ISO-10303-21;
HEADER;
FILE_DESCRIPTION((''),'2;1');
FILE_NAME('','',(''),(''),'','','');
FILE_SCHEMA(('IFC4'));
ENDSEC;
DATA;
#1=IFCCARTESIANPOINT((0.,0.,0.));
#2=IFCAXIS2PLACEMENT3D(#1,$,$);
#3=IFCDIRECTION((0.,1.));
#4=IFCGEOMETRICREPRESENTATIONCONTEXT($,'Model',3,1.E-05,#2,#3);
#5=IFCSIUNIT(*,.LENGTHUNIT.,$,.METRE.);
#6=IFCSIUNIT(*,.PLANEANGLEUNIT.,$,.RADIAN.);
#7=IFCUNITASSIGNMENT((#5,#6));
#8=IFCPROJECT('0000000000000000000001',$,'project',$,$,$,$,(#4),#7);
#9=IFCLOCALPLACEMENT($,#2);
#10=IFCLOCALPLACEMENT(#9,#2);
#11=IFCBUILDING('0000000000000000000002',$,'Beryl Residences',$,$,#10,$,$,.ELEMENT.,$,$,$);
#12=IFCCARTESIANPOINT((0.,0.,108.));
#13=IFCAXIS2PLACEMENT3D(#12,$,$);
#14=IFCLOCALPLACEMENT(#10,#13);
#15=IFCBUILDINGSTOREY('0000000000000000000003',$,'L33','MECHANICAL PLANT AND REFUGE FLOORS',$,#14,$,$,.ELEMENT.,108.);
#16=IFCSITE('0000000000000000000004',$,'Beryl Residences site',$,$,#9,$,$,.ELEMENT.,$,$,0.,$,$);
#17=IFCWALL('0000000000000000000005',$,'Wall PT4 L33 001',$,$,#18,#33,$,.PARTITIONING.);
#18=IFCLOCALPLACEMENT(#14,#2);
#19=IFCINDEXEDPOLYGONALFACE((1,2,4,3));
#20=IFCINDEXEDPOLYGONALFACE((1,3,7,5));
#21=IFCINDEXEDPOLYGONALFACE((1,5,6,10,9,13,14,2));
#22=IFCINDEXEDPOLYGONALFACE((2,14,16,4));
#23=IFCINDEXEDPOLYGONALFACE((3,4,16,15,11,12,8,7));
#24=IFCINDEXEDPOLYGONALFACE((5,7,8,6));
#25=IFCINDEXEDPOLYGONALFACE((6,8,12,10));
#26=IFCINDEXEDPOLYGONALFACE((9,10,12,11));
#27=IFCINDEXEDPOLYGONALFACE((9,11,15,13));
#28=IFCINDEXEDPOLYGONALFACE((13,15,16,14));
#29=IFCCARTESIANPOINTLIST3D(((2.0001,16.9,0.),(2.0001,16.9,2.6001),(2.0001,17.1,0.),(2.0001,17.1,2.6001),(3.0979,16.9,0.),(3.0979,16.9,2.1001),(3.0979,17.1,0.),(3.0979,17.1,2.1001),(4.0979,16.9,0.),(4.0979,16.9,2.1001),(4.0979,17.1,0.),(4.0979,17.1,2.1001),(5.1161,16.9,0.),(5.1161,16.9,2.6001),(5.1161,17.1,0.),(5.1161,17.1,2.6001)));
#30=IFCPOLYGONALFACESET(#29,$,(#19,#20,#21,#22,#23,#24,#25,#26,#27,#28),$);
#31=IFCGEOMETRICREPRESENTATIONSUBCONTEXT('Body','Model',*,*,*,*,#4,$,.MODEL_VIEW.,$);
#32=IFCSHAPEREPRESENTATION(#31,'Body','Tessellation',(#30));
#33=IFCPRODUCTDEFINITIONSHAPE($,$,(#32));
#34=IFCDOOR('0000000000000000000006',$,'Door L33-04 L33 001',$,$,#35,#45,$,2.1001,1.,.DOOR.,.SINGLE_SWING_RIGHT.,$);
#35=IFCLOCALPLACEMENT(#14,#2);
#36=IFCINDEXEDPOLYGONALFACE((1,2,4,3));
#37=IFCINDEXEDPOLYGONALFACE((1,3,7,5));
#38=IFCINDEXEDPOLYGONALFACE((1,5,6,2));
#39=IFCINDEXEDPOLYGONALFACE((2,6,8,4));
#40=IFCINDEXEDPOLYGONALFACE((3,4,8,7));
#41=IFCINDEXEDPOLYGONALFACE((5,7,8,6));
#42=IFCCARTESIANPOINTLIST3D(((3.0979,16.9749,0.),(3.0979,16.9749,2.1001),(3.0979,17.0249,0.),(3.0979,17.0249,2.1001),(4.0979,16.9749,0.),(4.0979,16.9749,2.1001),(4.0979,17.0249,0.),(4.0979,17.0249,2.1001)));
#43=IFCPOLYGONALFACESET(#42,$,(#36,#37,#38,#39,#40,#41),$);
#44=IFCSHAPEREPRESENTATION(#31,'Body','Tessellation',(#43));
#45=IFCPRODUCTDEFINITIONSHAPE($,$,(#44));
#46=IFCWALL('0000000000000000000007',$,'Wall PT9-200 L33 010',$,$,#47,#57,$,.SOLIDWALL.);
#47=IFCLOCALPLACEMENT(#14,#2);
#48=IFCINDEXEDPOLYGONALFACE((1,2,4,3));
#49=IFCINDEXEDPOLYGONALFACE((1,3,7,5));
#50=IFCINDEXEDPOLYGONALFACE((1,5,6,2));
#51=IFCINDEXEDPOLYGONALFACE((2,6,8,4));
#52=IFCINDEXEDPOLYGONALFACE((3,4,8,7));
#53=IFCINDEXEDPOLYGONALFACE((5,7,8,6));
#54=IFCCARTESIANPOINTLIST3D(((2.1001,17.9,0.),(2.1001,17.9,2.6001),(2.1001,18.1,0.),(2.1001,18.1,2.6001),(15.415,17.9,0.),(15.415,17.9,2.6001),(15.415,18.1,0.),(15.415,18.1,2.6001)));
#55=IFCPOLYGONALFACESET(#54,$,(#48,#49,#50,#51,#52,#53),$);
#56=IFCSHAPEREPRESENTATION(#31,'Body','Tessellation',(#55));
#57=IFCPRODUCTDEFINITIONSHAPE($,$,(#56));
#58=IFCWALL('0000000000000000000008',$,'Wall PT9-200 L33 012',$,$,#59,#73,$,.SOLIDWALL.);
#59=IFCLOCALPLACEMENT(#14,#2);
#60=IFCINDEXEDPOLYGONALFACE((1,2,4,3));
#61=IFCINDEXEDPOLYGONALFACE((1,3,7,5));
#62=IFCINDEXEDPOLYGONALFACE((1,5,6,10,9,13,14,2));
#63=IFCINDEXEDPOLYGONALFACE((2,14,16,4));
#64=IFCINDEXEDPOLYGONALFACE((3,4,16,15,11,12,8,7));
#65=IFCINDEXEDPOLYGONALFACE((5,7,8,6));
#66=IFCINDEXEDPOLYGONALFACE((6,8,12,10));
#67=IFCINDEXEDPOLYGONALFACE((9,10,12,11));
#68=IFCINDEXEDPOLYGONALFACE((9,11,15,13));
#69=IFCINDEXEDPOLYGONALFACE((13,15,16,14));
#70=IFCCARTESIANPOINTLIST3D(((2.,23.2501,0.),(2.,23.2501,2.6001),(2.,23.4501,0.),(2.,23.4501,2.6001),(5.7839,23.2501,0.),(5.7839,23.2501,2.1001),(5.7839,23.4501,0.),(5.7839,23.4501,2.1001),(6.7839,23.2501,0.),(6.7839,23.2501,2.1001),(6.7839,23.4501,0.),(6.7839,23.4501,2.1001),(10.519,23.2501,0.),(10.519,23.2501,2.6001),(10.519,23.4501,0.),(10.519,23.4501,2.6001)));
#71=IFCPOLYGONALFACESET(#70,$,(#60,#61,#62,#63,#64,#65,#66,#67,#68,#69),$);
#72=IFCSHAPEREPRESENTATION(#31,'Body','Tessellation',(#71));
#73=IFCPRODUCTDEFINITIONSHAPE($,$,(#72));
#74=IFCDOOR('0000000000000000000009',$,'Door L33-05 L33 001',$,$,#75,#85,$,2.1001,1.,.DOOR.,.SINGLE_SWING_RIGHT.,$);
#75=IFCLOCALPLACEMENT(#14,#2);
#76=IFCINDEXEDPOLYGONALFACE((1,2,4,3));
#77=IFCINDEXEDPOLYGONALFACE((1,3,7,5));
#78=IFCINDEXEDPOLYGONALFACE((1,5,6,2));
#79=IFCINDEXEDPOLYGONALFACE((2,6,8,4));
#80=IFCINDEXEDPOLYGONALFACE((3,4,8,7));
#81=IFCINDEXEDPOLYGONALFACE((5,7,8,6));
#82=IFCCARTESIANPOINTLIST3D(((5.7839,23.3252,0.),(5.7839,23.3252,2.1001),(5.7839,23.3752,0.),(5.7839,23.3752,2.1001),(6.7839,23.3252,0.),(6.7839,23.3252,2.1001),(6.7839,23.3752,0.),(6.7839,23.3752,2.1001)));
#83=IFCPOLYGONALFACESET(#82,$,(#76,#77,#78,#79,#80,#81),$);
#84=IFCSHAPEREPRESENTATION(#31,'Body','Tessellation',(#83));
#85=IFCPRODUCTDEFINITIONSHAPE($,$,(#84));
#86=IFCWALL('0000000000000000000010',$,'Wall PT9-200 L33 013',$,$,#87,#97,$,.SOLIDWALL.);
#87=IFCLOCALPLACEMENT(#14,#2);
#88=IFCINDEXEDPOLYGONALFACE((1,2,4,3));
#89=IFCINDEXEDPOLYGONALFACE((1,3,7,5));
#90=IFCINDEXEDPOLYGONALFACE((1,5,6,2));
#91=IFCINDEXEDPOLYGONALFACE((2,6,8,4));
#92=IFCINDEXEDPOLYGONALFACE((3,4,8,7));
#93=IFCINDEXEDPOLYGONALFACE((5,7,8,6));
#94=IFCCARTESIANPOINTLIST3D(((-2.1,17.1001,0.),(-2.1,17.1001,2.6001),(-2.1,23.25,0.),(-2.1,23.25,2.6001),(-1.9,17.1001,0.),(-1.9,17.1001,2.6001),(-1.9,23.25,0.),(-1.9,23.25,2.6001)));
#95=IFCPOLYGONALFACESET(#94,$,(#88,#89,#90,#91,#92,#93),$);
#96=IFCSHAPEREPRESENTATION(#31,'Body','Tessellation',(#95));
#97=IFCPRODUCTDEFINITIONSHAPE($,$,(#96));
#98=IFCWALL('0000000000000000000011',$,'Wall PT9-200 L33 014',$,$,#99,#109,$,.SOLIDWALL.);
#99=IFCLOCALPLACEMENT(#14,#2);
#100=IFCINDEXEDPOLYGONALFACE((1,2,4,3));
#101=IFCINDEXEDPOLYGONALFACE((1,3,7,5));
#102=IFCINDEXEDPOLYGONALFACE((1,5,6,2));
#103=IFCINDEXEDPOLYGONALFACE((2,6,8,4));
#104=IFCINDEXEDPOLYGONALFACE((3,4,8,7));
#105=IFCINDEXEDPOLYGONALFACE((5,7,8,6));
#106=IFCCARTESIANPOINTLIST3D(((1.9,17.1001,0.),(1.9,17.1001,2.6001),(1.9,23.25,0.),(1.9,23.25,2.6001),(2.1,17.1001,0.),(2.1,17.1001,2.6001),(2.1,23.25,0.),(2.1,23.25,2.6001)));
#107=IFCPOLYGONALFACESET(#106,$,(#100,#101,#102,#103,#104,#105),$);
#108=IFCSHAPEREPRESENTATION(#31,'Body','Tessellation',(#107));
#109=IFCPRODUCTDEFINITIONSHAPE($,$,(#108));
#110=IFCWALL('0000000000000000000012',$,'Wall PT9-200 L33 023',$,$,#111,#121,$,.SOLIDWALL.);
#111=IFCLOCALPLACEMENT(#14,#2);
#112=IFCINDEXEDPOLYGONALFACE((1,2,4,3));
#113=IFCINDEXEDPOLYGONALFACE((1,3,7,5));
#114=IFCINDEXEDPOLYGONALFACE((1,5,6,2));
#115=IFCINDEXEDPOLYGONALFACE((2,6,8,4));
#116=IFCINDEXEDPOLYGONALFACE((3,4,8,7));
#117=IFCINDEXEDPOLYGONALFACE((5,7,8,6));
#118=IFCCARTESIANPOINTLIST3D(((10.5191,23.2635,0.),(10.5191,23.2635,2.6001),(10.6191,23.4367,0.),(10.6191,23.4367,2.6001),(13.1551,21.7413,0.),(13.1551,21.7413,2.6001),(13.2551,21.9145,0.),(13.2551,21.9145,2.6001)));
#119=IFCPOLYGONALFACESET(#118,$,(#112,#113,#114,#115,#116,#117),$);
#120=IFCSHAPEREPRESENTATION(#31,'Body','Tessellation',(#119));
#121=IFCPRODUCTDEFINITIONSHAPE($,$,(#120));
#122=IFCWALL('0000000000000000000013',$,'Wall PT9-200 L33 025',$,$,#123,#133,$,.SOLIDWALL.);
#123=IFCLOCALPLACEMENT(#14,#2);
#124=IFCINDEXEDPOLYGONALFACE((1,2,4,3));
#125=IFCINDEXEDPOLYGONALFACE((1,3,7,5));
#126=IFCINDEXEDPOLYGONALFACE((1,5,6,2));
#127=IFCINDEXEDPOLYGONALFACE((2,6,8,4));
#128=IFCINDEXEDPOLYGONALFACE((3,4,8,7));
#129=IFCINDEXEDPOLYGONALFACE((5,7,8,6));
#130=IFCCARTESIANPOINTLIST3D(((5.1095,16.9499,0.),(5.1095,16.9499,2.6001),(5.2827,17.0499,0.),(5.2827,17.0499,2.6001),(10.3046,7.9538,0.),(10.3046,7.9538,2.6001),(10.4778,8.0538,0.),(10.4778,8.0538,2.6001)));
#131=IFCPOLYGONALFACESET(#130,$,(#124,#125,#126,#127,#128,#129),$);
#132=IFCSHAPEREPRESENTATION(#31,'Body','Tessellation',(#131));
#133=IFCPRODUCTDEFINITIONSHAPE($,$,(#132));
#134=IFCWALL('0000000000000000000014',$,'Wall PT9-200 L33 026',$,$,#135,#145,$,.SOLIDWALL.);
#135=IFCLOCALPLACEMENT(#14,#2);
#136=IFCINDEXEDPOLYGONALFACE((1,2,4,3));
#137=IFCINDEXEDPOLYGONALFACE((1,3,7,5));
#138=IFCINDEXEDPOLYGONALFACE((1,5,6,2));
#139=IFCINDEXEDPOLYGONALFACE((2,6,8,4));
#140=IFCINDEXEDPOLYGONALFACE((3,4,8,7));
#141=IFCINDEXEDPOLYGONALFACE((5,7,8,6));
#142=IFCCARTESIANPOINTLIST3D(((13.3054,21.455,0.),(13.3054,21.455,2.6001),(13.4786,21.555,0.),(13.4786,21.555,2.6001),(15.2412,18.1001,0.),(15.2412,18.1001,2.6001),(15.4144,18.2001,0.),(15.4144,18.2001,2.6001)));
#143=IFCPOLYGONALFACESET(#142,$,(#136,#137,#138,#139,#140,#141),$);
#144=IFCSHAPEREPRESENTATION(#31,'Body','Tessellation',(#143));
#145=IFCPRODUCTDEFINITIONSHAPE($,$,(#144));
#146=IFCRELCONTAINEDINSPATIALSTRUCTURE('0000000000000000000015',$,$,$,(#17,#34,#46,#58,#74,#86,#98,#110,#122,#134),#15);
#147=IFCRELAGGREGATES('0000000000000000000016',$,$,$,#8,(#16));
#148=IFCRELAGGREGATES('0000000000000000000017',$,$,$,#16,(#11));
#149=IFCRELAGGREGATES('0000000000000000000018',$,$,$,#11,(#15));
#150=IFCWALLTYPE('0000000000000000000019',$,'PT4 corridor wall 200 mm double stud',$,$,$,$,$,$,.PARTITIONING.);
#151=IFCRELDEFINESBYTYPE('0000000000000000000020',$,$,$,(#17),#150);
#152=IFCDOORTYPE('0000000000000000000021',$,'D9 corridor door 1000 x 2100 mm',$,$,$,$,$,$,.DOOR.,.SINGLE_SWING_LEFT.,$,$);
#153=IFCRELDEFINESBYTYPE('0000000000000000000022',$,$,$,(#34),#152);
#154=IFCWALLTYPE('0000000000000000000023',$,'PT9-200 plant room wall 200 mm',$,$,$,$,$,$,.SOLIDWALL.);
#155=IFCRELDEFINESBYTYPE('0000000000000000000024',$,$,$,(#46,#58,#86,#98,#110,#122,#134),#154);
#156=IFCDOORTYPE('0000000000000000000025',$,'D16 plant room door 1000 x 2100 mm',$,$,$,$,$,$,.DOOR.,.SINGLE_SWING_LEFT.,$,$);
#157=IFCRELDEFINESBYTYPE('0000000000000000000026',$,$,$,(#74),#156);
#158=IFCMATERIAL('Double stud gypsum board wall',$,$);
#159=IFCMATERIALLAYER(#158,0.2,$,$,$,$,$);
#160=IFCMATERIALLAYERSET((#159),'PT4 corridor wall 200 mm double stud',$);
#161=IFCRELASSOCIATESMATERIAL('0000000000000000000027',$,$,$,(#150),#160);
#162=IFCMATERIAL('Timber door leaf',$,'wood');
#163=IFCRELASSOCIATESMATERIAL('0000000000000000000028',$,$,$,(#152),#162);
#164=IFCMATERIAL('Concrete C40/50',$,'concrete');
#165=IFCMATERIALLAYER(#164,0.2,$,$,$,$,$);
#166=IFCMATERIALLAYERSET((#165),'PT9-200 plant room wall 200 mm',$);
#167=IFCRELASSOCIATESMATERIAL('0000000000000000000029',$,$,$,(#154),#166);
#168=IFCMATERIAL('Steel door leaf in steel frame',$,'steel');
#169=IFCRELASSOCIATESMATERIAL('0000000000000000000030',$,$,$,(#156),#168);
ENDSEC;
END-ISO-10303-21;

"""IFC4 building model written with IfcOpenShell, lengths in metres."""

from ifc_helpers import new_model, si_unit, direction, frame, frame_2d, origin, place, context, subcontext, project, spatial, rectangle, extrude, material, layer, layer_set, type_object, element, fill, save


model = new_model("IFC4")

# Units and contexts
model_context = context("Model", 3, precision=1e-05, world=origin(), true_north=direction((0.0, 1.0)))
body_context = subcontext(model_context, "Body", "Model", "MODEL_VIEW")
ifc_project = project(units=[si_unit("LENGTHUNIT", "METRE"), si_unit("PLANEANGLEUNIT", "RADIAN")], contexts=[model_context])

# Site, building, storey
site_placement = place(None, origin())
site = spatial("IfcSite", under=ifc_project, at=site_placement, Name="Beryl Residences site", CompositionType="ELEMENT", RefElevation=0.0)
building_placement = place(site_placement, origin())
building = spatial("IfcBuilding", under=site, at=building_placement, Name="Beryl Residences", CompositionType="ELEMENT")
storey_placement = place(building_placement, frame((0.0, 0.0, 108.0)))
storey = spatial("IfcBuildingStorey", under=building, at=storey_placement, Name="L33", Description="MECHANICAL PLANT AND REFUGE FLOORS", CompositionType="ELEMENT", Elevation=108.0)

# Wall, opening, door
ifc_material_1 = material(Name="Double stud gypsum board wall")
ifc_layer_1 = layer(ifc_material_1, 0.2)
ifc_layer_set_1 = layer_set([ifc_layer_1], Name="PT4 corridor wall 200 mm double stud")
wall_type_1 = type_object("IfcWallType", Name="PT4 corridor wall 200 mm double stud", PredefinedType="PARTITIONING", material=ifc_layer_set_1)
wall_1_placement = place(storey_placement, frame((2.0, 17.0, 0.0), z_axis=(0.0, 0.0, 1.0), x_axis=(1.0, 0.0, 0.0)))
wall_1 = element("IfcWall", 1, at=wall_1_placement, inside=storey, type_object=wall_type_1, Name="Wall PT4 L33 001", PredefinedType="PARTITIONING", context=body_context, shape_type="SweptSolid", body=[
    extrude(rectangle(XDim=3.116, YDim=0.2, at=frame_2d((1.5581, 0.0))), origin(), (0.0, 0.0, 1.0), 2.6001),
])
opening_1_placement = place(wall_1_placement, frame((1.0979, 0.0, 0.0)))
opening_1 = element("IfcOpeningElement", 2, at=opening_1_placement, cuts=wall_1, PredefinedType="OPENING", context=body_context, shape_type="SweptSolid", body=[
    extrude(rectangle(XDim=1.0, YDim=2.1001, at=frame_2d((0.5, 1.05))), frame((0.0, 0.1099, 0.0), z_axis=(0.0, -1.0, 0.0), x_axis=(1.0, 0.0, 0.0)), (0.0, 0.0, 1.0), 0.22),
])
ifc_material_2 = material(Name="Timber door leaf", Category="wood")
door_type_1 = type_object("IfcDoorType", Name="D9 corridor door 1000 x 2100 mm", OperationType="SINGLE_SWING_LEFT", PredefinedType="DOOR", material=ifc_material_2)
door_1_placement = place(opening_1_placement, origin())
door_1 = element("IfcDoor", 3, at=door_1_placement, inside=storey, type_object=door_type_1, Name="Door L33-04 L33 001", OperationType="SINGLE_SWING_RIGHT", OverallHeight=2.1001, OverallWidth=1.0, PredefinedType="DOOR", context=body_context, shape_type="SweptSolid", body=[
    extrude(rectangle(XDim=1.0, YDim=2.1001, at=frame_2d((0.5, 1.05))), frame((0.0, 0.0249, 0.0), z_axis=(0.0, -1.0, 0.0), x_axis=(1.0, 0.0, 0.0)), (0.0, 0.0, 1.0), 0.05),
])
fill(opening_1, door_1)

# Wall
ifc_material_3 = material(Name="Concrete C40/50", Category="concrete")
ifc_layer_2 = layer(ifc_material_3, 0.2)
ifc_layer_set_2 = layer_set([ifc_layer_2], Name="PT9-200 plant room wall 200 mm")
wall_type_2 = type_object("IfcWallType", Name="PT9-200 plant room wall 200 mm", PredefinedType="SOLIDWALL", material=ifc_layer_set_2)
wall_2_placement = place(storey_placement, frame((2.1001, 18.0, 0.0), z_axis=(0.0, 0.0, 1.0), x_axis=(1.0, 0.0, 0.0)))
element("IfcWall", 4, at=wall_2_placement, inside=storey, type_object=wall_type_2, Name="Wall PT9-200 L33 010", PredefinedType="SOLIDWALL", context=body_context, shape_type="SweptSolid", body=[
    extrude(rectangle(XDim=13.3149, YDim=0.2, at=frame_2d((6.6575, 0.0))), origin(), (0.0, 0.0, 1.0), 2.6001),
])

# Wall, opening, door
wall_3_placement = place(storey_placement, frame((2.0, 23.3501, 0.0), z_axis=(0.0, 0.0, 1.0), x_axis=(1.0, 0.0, 0.0)))
wall_3 = element("IfcWall", 5, at=wall_3_placement, inside=storey, type_object=wall_type_2, Name="Wall PT9-200 L33 012", PredefinedType="SOLIDWALL", context=body_context, shape_type="SweptSolid", body=[
    extrude(rectangle(XDim=8.519, YDim=0.2, at=frame_2d((4.2595, 0.0))), origin(), (0.0, 0.0, 1.0), 2.6001),
])
opening_2_placement = place(wall_3_placement, frame((4.7839, 0.0, 0.0), z_axis=(0.0, 0.0, 1.0), x_axis=(-1.0, 0.0, 0.0)))
opening_2 = element("IfcOpeningElement", 6, at=opening_2_placement, cuts=wall_3, PredefinedType="OPENING", context=body_context, shape_type="SweptSolid", body=[
    extrude(rectangle(XDim=1.0, YDim=2.1001, at=frame_2d((0.5, 1.05))), frame((0.0, 0.1099, 0.0), z_axis=(0.0, -1.0, 0.0), x_axis=(1.0, 0.0, 0.0)), (0.0, 0.0, 1.0), 0.22),
])
ifc_material_4 = material(Name="Steel door leaf in steel frame", Category="steel")
door_type_2 = type_object("IfcDoorType", Name="D16 plant room door 1000 x 2100 mm", OperationType="SINGLE_SWING_LEFT", PredefinedType="DOOR", material=ifc_material_4)
door_2_placement = place(opening_2_placement, origin())
door_2 = element("IfcDoor", 7, at=door_2_placement, inside=storey, type_object=door_type_2, Name="Door L33-05 L33 001", OperationType="SINGLE_SWING_RIGHT", OverallHeight=2.1001, OverallWidth=1.0, PredefinedType="DOOR", context=body_context, shape_type="SweptSolid", body=[
    extrude(rectangle(XDim=1.0, YDim=2.1001, at=frame_2d((0.5, 1.05))), frame((0.0, 0.0249, 0.0), z_axis=(0.0, -1.0, 0.0), x_axis=(1.0, 0.0, 0.0)), (0.0, 0.0, 1.0), 0.05),
])
fill(opening_2, door_2)

# Walls
for number, where, z_axis, x_axis, name in (
    (8, (-2.0, 17.1001, 0.0), (0.0, 0.0, 1.0), (0.0, 1.0, 0.0), "Wall PT9-200 L33 013"),
    (9, (2.0, 17.1001, 0.0), (0.0, 0.0, 1.0), (0.0, 1.0, 0.0), "Wall PT9-200 L33 014"),
):
    element("IfcWall", number, at=place(storey_placement, frame(where, z_axis=z_axis, x_axis=x_axis)), inside=storey, type_object=wall_type_2, Name=name, PredefinedType="SOLIDWALL", context=body_context, shape_type="SweptSolid", body=[
        extrude(rectangle(XDim=6.1499, YDim=0.2, at=frame_2d((3.075, 0.0))), origin(), (0.0, 0.0, 1.0), 2.6001),
    ])
wall_4_placement = place(storey_placement, frame((10.5691, 23.3501, 0.0), z_axis=(0.0, 0.0, 1.0), x_axis=(0.865979, -0.500081, 0.0)))
element("IfcWall", 10, at=wall_4_placement, inside=storey, type_object=wall_type_2, Name="Wall PT9-200 L33 023", PredefinedType="SOLIDWALL", context=body_context, shape_type="SweptSolid", body=[
    extrude(rectangle(XDim=3.0439, YDim=0.2, at=frame_2d((1.522, 0.0))), origin(), (0.0, 0.0, 1.0), 2.6001),
])
wall_5_placement = place(storey_placement, frame((5.196, 17.0, 0.0), z_axis=(0.0, 0.0, 1.0), x_axis=(0.500085, -0.865977, 0.0)))
element("IfcWall", 11, at=wall_5_placement, inside=storey, type_object=wall_type_2, Name="Wall PT9-200 L33 025", PredefinedType="SOLIDWALL", context=body_context, shape_type="SweptSolid", body=[
    extrude(rectangle(XDim=10.3884, YDim=0.2, at=frame_2d((5.1943, 0.0))), origin(), (0.0, 0.0, 1.0), 2.6001),
])
wall_6_placement = place(storey_placement, frame((13.3921, 21.5049, 0.0), z_axis=(0.0, 0.0, 1.0), x_axis=(0.499766, -0.86616, 0.0)))
element("IfcWall", 12, at=wall_6_placement, inside=storey, type_object=wall_type_2, Name="Wall PT9-200 L33 026", PredefinedType="SOLIDWALL", context=body_context, shape_type="SweptSolid", body=[
    extrude(rectangle(XDim=3.8733, YDim=0.2, at=frame_2d((1.9365, 0.0))), origin(), (0.0, 0.0, 1.0), 2.6001),
])

save(model, "model.ifc")
